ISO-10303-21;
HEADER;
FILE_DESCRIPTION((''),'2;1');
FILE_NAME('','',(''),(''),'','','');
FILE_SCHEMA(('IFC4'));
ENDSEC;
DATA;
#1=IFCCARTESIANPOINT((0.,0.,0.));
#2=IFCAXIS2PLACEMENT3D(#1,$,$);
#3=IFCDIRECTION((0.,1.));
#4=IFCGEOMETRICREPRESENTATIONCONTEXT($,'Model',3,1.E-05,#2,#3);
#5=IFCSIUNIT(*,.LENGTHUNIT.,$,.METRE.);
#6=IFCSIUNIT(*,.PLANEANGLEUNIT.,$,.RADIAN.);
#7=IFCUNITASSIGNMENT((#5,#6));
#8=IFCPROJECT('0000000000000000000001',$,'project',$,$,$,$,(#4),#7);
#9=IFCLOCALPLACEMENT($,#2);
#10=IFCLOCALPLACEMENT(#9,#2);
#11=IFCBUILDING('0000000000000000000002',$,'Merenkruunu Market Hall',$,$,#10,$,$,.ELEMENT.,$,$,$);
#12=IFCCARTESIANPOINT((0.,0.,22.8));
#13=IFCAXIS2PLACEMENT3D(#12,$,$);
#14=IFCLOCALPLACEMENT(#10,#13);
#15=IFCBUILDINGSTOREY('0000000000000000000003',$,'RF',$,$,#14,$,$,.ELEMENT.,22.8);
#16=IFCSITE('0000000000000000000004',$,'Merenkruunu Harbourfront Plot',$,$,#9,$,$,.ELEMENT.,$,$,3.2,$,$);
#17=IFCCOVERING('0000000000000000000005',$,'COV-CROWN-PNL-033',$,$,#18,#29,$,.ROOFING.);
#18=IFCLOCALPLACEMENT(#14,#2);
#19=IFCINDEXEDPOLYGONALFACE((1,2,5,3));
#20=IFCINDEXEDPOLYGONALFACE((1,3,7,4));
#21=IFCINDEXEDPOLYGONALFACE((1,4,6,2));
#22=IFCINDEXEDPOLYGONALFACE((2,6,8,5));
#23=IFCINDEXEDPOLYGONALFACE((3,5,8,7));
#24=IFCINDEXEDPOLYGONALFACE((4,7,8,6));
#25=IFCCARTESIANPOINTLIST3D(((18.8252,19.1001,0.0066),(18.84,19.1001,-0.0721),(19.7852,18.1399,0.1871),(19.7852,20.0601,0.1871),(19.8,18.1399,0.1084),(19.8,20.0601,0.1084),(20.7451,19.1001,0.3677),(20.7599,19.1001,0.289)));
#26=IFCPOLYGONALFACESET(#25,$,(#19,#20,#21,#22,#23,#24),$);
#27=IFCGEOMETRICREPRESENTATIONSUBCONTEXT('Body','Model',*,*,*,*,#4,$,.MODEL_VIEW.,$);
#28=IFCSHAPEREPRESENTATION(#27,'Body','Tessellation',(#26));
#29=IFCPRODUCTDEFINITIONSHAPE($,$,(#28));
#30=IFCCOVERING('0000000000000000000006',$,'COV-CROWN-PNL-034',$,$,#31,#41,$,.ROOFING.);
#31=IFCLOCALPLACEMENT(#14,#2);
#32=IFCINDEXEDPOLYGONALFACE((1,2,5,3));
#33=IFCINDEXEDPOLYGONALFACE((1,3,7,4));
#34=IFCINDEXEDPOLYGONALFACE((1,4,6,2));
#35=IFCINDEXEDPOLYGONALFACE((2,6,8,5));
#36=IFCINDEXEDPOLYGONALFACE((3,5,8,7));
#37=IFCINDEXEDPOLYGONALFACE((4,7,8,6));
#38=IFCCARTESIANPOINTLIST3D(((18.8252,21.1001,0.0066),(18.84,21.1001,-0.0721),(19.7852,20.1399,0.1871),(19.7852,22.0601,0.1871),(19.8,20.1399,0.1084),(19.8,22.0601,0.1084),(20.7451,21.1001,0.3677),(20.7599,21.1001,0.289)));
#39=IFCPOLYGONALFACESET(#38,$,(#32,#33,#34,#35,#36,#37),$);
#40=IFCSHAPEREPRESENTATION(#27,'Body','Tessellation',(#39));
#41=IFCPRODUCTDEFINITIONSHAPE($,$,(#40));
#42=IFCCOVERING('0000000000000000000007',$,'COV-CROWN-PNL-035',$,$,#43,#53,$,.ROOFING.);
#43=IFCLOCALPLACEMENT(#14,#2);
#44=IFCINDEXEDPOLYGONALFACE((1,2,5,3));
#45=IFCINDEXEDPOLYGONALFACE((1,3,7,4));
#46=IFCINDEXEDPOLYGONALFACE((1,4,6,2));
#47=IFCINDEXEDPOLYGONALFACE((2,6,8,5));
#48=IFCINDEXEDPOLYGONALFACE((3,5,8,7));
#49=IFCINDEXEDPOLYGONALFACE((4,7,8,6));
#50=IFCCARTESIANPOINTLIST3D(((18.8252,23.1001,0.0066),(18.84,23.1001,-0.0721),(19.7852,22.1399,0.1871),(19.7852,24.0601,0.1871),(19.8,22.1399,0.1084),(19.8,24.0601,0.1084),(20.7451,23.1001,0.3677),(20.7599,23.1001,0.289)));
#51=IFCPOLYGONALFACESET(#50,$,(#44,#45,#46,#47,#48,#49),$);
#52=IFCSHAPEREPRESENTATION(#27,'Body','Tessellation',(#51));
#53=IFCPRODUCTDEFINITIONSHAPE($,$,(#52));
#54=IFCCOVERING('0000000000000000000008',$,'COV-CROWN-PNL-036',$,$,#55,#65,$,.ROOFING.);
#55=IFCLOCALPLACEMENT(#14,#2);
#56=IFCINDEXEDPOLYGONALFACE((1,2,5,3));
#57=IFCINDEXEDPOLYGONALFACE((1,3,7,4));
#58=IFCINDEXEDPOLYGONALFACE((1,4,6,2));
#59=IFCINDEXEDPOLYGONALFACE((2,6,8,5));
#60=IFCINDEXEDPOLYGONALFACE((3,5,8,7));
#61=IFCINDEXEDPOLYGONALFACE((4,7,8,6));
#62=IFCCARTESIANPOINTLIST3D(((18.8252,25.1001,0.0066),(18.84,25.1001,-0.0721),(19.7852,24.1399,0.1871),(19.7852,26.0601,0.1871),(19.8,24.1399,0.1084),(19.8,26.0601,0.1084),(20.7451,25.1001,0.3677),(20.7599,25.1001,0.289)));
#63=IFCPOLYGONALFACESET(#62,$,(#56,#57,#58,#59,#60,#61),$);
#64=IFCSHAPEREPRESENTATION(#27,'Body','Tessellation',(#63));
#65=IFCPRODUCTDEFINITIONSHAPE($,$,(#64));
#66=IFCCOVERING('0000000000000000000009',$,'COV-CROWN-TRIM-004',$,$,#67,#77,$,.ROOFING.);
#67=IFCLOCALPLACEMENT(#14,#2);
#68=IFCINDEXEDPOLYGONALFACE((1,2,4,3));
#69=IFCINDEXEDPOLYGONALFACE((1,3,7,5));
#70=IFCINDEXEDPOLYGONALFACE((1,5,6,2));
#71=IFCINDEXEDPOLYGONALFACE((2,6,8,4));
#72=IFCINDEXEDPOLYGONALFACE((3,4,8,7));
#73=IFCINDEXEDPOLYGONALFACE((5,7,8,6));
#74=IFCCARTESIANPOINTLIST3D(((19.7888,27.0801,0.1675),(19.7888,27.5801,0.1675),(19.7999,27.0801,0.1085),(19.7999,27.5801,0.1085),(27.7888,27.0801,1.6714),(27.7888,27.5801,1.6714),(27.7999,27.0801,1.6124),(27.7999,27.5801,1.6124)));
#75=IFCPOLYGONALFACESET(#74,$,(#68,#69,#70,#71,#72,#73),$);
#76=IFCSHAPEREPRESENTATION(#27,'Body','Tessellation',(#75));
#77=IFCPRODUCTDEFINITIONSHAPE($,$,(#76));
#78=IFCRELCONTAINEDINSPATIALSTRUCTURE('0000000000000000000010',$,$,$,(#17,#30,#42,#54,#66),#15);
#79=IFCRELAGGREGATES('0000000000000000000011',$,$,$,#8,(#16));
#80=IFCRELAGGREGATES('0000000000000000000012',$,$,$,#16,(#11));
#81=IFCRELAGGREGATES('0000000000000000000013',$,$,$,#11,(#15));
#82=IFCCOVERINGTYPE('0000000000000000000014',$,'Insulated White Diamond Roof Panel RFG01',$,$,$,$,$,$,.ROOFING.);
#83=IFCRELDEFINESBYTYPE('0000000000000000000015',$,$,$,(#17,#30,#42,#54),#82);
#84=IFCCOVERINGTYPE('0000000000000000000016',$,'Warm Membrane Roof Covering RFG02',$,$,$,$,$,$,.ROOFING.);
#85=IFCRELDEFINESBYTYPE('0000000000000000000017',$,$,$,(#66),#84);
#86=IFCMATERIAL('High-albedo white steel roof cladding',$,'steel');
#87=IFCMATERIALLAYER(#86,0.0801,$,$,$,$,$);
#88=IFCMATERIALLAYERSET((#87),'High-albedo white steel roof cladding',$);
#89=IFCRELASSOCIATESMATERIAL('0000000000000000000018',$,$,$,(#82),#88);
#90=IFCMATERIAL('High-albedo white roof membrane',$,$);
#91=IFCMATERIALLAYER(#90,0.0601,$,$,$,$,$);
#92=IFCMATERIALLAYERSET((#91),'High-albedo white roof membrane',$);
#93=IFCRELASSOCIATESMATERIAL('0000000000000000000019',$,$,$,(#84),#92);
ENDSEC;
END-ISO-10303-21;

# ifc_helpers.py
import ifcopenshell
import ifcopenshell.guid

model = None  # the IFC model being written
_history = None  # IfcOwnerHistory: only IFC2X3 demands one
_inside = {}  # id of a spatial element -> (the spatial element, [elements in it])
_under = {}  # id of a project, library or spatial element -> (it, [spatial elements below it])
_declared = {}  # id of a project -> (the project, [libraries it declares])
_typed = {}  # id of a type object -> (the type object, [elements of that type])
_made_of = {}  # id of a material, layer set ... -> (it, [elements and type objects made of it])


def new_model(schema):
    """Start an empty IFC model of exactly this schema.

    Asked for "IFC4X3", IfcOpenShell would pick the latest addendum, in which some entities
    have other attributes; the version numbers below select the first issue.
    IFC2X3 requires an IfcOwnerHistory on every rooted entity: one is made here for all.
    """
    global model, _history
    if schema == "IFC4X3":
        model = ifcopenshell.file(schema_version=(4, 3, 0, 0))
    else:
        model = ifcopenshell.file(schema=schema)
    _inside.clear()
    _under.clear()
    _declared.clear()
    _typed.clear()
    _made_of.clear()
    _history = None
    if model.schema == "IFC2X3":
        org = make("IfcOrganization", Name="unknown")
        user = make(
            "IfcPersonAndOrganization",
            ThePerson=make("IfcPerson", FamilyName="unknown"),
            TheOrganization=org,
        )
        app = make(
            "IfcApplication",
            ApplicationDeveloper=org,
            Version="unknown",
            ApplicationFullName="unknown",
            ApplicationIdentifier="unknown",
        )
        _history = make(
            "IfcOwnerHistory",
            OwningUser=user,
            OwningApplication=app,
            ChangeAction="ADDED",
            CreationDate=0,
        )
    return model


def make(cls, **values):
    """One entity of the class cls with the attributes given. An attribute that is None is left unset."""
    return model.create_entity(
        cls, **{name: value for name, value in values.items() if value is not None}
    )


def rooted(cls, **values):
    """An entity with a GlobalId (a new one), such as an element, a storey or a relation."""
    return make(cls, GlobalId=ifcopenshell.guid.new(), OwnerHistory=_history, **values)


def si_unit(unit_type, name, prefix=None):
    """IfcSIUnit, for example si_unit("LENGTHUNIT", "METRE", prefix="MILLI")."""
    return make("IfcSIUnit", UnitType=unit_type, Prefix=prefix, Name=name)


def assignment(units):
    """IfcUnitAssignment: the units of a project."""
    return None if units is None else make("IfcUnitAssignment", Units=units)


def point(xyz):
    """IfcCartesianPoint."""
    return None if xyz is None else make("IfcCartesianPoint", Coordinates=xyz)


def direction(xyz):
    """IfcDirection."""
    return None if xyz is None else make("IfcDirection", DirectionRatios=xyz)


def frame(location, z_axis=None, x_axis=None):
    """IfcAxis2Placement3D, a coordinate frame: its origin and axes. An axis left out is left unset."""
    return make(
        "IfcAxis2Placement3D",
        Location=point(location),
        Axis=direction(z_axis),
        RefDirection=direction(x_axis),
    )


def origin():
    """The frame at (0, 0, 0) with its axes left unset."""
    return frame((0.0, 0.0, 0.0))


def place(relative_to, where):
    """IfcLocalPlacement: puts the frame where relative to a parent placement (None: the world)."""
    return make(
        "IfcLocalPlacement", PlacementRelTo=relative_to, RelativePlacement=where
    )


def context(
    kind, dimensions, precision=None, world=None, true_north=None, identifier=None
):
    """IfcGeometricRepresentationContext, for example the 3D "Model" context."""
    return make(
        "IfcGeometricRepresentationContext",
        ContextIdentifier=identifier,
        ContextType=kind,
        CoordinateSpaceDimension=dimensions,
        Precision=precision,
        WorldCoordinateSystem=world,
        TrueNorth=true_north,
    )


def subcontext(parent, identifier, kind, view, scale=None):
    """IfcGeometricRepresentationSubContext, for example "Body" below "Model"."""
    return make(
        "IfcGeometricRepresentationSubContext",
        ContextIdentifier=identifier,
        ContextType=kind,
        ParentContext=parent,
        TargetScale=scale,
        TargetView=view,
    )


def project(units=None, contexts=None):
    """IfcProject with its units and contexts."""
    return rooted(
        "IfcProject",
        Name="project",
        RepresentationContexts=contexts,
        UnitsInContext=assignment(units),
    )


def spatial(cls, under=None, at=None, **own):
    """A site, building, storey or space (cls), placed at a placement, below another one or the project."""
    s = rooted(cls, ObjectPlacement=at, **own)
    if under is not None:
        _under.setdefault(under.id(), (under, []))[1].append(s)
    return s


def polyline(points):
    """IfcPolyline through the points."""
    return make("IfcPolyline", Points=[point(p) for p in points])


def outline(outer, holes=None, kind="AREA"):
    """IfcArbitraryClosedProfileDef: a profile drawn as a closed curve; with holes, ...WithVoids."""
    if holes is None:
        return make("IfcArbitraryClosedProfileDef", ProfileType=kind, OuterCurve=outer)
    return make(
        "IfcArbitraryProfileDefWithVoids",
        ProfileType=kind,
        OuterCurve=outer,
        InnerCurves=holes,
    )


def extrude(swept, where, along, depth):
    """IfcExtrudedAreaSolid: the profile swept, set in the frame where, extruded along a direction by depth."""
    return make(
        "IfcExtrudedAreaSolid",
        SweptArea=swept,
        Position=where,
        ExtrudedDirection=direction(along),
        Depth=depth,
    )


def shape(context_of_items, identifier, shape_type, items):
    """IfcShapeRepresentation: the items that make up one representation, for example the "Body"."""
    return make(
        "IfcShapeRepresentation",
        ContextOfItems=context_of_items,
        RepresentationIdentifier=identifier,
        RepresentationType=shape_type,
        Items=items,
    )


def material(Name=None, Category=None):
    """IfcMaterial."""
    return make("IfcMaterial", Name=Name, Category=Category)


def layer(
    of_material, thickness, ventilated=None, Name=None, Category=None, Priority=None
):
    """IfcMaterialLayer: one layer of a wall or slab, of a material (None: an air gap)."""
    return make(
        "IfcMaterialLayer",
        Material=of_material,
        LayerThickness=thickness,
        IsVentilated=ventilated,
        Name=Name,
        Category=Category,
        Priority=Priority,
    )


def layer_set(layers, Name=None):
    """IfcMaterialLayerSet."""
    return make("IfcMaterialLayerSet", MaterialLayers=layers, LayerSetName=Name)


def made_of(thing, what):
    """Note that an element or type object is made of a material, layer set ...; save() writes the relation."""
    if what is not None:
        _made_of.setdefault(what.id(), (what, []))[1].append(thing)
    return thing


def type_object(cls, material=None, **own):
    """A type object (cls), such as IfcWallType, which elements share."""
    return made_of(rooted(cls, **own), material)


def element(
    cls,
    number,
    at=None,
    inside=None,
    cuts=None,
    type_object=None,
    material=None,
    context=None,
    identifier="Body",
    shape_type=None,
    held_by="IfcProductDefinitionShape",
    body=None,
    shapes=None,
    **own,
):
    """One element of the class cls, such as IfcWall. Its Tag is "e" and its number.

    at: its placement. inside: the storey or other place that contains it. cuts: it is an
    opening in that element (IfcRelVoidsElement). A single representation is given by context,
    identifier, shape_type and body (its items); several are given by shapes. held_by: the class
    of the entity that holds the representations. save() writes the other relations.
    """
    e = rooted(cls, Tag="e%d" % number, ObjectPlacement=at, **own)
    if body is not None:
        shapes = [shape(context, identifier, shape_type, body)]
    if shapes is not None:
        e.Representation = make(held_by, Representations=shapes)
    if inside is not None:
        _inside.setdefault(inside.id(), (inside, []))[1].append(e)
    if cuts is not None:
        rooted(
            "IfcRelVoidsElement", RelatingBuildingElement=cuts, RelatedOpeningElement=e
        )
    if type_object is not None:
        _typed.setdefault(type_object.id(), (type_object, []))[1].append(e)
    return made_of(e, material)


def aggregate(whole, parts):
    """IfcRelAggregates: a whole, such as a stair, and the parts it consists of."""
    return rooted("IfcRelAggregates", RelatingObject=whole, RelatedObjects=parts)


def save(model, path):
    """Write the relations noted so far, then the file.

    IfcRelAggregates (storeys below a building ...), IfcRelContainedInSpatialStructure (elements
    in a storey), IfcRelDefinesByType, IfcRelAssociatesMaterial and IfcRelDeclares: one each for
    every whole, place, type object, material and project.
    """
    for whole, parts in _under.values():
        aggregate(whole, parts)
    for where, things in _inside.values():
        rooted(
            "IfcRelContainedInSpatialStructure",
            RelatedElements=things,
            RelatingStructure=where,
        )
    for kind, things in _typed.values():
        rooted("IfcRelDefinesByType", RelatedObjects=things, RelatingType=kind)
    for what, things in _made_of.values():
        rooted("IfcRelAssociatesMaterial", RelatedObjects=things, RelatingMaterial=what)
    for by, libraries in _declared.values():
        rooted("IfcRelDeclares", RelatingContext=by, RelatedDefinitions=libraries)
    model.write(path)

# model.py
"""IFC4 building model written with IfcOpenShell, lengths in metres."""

from ifc_helpers import new_model, si_unit, direction, frame, origin, place, context, subcontext, project, spatial, polyline, outline, extrude, material, layer, layer_set, type_object, element, save


model = new_model("IFC4")

# Units and contexts
model_context = context("Model", 3, precision=1e-05, world=origin(), true_north=direction((0.0, 1.0)))
body_context = subcontext(model_context, "Body", "Model", "MODEL_VIEW")
ifc_project = project(units=[si_unit("LENGTHUNIT", "METRE"), si_unit("PLANEANGLEUNIT", "RADIAN")], contexts=[model_context])

# Site, building, storey
site_placement = place(None, origin())
site = spatial("IfcSite", under=ifc_project, at=site_placement, Name="Merenkruunu Harbourfront Plot", CompositionType="ELEMENT", RefElevation=3.2)
building_placement = place(site_placement, origin())
building = spatial("IfcBuilding", under=site, at=building_placement, Name="Merenkruunu Market Hall", CompositionType="ELEMENT")
storey_placement = place(building_placement, frame((0.0, 0.0, 22.8)))
storey = spatial("IfcBuildingStorey", under=building, at=storey_placement, Name="RF", CompositionType="ELEMENT", Elevation=22.8)

# Coverings
ifc_material_1 = material(Name="High-albedo white steel roof cladding", Category="steel")
ifc_layer_1 = layer(ifc_material_1, 0.0801)
ifc_layer_set_1 = layer_set([ifc_layer_1], Name="High-albedo white steel roof cladding")
covering_type_1 = type_object("IfcCoveringType", Name="Insulated White Diamond Roof Panel RFG01", PredefinedType="ROOFING", material=ifc_layer_set_1)
for number, where, z_axis, x_axis, name in (
    (1, (18.8252, 19.1001, 0.0066), (-0.184832, 0.0, 0.98277), (0.700856, -0.701018, 0.131812), "COV-CROWN-PNL-033"),
    (2, (18.8252, 21.1001, 0.0066), (-0.184832, 0.0, 0.98277), (0.700856, -0.701018, 0.131812), "COV-CROWN-PNL-034"),
    (3, (18.8252, 23.1001, 0.0066), (-0.184832, 0.0, 0.98277), (0.700856, -0.701018, 0.131812), "COV-CROWN-PNL-035"),
    (4, (18.8252, 25.1001, 0.0066), (-0.184832, 0.0, 0.98277), (0.700856, -0.701018, 0.131812), "COV-CROWN-PNL-036"),
):
    element("IfcCovering", number, at=place(storey_placement, frame(where, z_axis=z_axis, x_axis=x_axis)), inside=storey, type_object=covering_type_1, Name=name, PredefinedType="ROOFING", context=body_context, shape_type="SweptSolid", body=[
        extrude(outline(polyline([(0.0, 0.0), (1.3697, 0.0), (1.3932, 1.3695), (0.0237, 1.3694), (0.0, 0.0)])), origin(), (0.0, 0.0, -1.0), 0.0801),
    ])
ifc_material_2 = material(Name="High-albedo white roof membrane")
ifc_layer_2 = layer(ifc_material_2, 0.0601)
ifc_layer_set_2 = layer_set([ifc_layer_2], Name="High-albedo white roof membrane")
covering_type_2 = type_object("IfcCoveringType", Name="Warm Membrane Roof Covering RFG02", PredefinedType="ROOFING", material=ifc_layer_set_2)
covering_placement = place(storey_placement, frame((19.7888, 27.0801, 0.1675), z_axis=(-0.184752, 0.0, 0.982785), x_axis=(0.982785, 0.0, 0.184752)))
element("IfcCovering", 5, at=covering_placement, inside=storey, type_object=covering_type_2, Name="COV-CROWN-TRIM-004", PredefinedType="ROOFING", context=body_context, shape_type="SweptSolid", body=[
    extrude(outline(polyline([(0.0, 0.0), (8.1401, 0.0), (8.1401, 0.5), (0.0, 0.5), (0.0, 0.0)])), origin(), (0.0, 0.0, -1.0), 0.0601),
])

save(model, "model.ifc")
